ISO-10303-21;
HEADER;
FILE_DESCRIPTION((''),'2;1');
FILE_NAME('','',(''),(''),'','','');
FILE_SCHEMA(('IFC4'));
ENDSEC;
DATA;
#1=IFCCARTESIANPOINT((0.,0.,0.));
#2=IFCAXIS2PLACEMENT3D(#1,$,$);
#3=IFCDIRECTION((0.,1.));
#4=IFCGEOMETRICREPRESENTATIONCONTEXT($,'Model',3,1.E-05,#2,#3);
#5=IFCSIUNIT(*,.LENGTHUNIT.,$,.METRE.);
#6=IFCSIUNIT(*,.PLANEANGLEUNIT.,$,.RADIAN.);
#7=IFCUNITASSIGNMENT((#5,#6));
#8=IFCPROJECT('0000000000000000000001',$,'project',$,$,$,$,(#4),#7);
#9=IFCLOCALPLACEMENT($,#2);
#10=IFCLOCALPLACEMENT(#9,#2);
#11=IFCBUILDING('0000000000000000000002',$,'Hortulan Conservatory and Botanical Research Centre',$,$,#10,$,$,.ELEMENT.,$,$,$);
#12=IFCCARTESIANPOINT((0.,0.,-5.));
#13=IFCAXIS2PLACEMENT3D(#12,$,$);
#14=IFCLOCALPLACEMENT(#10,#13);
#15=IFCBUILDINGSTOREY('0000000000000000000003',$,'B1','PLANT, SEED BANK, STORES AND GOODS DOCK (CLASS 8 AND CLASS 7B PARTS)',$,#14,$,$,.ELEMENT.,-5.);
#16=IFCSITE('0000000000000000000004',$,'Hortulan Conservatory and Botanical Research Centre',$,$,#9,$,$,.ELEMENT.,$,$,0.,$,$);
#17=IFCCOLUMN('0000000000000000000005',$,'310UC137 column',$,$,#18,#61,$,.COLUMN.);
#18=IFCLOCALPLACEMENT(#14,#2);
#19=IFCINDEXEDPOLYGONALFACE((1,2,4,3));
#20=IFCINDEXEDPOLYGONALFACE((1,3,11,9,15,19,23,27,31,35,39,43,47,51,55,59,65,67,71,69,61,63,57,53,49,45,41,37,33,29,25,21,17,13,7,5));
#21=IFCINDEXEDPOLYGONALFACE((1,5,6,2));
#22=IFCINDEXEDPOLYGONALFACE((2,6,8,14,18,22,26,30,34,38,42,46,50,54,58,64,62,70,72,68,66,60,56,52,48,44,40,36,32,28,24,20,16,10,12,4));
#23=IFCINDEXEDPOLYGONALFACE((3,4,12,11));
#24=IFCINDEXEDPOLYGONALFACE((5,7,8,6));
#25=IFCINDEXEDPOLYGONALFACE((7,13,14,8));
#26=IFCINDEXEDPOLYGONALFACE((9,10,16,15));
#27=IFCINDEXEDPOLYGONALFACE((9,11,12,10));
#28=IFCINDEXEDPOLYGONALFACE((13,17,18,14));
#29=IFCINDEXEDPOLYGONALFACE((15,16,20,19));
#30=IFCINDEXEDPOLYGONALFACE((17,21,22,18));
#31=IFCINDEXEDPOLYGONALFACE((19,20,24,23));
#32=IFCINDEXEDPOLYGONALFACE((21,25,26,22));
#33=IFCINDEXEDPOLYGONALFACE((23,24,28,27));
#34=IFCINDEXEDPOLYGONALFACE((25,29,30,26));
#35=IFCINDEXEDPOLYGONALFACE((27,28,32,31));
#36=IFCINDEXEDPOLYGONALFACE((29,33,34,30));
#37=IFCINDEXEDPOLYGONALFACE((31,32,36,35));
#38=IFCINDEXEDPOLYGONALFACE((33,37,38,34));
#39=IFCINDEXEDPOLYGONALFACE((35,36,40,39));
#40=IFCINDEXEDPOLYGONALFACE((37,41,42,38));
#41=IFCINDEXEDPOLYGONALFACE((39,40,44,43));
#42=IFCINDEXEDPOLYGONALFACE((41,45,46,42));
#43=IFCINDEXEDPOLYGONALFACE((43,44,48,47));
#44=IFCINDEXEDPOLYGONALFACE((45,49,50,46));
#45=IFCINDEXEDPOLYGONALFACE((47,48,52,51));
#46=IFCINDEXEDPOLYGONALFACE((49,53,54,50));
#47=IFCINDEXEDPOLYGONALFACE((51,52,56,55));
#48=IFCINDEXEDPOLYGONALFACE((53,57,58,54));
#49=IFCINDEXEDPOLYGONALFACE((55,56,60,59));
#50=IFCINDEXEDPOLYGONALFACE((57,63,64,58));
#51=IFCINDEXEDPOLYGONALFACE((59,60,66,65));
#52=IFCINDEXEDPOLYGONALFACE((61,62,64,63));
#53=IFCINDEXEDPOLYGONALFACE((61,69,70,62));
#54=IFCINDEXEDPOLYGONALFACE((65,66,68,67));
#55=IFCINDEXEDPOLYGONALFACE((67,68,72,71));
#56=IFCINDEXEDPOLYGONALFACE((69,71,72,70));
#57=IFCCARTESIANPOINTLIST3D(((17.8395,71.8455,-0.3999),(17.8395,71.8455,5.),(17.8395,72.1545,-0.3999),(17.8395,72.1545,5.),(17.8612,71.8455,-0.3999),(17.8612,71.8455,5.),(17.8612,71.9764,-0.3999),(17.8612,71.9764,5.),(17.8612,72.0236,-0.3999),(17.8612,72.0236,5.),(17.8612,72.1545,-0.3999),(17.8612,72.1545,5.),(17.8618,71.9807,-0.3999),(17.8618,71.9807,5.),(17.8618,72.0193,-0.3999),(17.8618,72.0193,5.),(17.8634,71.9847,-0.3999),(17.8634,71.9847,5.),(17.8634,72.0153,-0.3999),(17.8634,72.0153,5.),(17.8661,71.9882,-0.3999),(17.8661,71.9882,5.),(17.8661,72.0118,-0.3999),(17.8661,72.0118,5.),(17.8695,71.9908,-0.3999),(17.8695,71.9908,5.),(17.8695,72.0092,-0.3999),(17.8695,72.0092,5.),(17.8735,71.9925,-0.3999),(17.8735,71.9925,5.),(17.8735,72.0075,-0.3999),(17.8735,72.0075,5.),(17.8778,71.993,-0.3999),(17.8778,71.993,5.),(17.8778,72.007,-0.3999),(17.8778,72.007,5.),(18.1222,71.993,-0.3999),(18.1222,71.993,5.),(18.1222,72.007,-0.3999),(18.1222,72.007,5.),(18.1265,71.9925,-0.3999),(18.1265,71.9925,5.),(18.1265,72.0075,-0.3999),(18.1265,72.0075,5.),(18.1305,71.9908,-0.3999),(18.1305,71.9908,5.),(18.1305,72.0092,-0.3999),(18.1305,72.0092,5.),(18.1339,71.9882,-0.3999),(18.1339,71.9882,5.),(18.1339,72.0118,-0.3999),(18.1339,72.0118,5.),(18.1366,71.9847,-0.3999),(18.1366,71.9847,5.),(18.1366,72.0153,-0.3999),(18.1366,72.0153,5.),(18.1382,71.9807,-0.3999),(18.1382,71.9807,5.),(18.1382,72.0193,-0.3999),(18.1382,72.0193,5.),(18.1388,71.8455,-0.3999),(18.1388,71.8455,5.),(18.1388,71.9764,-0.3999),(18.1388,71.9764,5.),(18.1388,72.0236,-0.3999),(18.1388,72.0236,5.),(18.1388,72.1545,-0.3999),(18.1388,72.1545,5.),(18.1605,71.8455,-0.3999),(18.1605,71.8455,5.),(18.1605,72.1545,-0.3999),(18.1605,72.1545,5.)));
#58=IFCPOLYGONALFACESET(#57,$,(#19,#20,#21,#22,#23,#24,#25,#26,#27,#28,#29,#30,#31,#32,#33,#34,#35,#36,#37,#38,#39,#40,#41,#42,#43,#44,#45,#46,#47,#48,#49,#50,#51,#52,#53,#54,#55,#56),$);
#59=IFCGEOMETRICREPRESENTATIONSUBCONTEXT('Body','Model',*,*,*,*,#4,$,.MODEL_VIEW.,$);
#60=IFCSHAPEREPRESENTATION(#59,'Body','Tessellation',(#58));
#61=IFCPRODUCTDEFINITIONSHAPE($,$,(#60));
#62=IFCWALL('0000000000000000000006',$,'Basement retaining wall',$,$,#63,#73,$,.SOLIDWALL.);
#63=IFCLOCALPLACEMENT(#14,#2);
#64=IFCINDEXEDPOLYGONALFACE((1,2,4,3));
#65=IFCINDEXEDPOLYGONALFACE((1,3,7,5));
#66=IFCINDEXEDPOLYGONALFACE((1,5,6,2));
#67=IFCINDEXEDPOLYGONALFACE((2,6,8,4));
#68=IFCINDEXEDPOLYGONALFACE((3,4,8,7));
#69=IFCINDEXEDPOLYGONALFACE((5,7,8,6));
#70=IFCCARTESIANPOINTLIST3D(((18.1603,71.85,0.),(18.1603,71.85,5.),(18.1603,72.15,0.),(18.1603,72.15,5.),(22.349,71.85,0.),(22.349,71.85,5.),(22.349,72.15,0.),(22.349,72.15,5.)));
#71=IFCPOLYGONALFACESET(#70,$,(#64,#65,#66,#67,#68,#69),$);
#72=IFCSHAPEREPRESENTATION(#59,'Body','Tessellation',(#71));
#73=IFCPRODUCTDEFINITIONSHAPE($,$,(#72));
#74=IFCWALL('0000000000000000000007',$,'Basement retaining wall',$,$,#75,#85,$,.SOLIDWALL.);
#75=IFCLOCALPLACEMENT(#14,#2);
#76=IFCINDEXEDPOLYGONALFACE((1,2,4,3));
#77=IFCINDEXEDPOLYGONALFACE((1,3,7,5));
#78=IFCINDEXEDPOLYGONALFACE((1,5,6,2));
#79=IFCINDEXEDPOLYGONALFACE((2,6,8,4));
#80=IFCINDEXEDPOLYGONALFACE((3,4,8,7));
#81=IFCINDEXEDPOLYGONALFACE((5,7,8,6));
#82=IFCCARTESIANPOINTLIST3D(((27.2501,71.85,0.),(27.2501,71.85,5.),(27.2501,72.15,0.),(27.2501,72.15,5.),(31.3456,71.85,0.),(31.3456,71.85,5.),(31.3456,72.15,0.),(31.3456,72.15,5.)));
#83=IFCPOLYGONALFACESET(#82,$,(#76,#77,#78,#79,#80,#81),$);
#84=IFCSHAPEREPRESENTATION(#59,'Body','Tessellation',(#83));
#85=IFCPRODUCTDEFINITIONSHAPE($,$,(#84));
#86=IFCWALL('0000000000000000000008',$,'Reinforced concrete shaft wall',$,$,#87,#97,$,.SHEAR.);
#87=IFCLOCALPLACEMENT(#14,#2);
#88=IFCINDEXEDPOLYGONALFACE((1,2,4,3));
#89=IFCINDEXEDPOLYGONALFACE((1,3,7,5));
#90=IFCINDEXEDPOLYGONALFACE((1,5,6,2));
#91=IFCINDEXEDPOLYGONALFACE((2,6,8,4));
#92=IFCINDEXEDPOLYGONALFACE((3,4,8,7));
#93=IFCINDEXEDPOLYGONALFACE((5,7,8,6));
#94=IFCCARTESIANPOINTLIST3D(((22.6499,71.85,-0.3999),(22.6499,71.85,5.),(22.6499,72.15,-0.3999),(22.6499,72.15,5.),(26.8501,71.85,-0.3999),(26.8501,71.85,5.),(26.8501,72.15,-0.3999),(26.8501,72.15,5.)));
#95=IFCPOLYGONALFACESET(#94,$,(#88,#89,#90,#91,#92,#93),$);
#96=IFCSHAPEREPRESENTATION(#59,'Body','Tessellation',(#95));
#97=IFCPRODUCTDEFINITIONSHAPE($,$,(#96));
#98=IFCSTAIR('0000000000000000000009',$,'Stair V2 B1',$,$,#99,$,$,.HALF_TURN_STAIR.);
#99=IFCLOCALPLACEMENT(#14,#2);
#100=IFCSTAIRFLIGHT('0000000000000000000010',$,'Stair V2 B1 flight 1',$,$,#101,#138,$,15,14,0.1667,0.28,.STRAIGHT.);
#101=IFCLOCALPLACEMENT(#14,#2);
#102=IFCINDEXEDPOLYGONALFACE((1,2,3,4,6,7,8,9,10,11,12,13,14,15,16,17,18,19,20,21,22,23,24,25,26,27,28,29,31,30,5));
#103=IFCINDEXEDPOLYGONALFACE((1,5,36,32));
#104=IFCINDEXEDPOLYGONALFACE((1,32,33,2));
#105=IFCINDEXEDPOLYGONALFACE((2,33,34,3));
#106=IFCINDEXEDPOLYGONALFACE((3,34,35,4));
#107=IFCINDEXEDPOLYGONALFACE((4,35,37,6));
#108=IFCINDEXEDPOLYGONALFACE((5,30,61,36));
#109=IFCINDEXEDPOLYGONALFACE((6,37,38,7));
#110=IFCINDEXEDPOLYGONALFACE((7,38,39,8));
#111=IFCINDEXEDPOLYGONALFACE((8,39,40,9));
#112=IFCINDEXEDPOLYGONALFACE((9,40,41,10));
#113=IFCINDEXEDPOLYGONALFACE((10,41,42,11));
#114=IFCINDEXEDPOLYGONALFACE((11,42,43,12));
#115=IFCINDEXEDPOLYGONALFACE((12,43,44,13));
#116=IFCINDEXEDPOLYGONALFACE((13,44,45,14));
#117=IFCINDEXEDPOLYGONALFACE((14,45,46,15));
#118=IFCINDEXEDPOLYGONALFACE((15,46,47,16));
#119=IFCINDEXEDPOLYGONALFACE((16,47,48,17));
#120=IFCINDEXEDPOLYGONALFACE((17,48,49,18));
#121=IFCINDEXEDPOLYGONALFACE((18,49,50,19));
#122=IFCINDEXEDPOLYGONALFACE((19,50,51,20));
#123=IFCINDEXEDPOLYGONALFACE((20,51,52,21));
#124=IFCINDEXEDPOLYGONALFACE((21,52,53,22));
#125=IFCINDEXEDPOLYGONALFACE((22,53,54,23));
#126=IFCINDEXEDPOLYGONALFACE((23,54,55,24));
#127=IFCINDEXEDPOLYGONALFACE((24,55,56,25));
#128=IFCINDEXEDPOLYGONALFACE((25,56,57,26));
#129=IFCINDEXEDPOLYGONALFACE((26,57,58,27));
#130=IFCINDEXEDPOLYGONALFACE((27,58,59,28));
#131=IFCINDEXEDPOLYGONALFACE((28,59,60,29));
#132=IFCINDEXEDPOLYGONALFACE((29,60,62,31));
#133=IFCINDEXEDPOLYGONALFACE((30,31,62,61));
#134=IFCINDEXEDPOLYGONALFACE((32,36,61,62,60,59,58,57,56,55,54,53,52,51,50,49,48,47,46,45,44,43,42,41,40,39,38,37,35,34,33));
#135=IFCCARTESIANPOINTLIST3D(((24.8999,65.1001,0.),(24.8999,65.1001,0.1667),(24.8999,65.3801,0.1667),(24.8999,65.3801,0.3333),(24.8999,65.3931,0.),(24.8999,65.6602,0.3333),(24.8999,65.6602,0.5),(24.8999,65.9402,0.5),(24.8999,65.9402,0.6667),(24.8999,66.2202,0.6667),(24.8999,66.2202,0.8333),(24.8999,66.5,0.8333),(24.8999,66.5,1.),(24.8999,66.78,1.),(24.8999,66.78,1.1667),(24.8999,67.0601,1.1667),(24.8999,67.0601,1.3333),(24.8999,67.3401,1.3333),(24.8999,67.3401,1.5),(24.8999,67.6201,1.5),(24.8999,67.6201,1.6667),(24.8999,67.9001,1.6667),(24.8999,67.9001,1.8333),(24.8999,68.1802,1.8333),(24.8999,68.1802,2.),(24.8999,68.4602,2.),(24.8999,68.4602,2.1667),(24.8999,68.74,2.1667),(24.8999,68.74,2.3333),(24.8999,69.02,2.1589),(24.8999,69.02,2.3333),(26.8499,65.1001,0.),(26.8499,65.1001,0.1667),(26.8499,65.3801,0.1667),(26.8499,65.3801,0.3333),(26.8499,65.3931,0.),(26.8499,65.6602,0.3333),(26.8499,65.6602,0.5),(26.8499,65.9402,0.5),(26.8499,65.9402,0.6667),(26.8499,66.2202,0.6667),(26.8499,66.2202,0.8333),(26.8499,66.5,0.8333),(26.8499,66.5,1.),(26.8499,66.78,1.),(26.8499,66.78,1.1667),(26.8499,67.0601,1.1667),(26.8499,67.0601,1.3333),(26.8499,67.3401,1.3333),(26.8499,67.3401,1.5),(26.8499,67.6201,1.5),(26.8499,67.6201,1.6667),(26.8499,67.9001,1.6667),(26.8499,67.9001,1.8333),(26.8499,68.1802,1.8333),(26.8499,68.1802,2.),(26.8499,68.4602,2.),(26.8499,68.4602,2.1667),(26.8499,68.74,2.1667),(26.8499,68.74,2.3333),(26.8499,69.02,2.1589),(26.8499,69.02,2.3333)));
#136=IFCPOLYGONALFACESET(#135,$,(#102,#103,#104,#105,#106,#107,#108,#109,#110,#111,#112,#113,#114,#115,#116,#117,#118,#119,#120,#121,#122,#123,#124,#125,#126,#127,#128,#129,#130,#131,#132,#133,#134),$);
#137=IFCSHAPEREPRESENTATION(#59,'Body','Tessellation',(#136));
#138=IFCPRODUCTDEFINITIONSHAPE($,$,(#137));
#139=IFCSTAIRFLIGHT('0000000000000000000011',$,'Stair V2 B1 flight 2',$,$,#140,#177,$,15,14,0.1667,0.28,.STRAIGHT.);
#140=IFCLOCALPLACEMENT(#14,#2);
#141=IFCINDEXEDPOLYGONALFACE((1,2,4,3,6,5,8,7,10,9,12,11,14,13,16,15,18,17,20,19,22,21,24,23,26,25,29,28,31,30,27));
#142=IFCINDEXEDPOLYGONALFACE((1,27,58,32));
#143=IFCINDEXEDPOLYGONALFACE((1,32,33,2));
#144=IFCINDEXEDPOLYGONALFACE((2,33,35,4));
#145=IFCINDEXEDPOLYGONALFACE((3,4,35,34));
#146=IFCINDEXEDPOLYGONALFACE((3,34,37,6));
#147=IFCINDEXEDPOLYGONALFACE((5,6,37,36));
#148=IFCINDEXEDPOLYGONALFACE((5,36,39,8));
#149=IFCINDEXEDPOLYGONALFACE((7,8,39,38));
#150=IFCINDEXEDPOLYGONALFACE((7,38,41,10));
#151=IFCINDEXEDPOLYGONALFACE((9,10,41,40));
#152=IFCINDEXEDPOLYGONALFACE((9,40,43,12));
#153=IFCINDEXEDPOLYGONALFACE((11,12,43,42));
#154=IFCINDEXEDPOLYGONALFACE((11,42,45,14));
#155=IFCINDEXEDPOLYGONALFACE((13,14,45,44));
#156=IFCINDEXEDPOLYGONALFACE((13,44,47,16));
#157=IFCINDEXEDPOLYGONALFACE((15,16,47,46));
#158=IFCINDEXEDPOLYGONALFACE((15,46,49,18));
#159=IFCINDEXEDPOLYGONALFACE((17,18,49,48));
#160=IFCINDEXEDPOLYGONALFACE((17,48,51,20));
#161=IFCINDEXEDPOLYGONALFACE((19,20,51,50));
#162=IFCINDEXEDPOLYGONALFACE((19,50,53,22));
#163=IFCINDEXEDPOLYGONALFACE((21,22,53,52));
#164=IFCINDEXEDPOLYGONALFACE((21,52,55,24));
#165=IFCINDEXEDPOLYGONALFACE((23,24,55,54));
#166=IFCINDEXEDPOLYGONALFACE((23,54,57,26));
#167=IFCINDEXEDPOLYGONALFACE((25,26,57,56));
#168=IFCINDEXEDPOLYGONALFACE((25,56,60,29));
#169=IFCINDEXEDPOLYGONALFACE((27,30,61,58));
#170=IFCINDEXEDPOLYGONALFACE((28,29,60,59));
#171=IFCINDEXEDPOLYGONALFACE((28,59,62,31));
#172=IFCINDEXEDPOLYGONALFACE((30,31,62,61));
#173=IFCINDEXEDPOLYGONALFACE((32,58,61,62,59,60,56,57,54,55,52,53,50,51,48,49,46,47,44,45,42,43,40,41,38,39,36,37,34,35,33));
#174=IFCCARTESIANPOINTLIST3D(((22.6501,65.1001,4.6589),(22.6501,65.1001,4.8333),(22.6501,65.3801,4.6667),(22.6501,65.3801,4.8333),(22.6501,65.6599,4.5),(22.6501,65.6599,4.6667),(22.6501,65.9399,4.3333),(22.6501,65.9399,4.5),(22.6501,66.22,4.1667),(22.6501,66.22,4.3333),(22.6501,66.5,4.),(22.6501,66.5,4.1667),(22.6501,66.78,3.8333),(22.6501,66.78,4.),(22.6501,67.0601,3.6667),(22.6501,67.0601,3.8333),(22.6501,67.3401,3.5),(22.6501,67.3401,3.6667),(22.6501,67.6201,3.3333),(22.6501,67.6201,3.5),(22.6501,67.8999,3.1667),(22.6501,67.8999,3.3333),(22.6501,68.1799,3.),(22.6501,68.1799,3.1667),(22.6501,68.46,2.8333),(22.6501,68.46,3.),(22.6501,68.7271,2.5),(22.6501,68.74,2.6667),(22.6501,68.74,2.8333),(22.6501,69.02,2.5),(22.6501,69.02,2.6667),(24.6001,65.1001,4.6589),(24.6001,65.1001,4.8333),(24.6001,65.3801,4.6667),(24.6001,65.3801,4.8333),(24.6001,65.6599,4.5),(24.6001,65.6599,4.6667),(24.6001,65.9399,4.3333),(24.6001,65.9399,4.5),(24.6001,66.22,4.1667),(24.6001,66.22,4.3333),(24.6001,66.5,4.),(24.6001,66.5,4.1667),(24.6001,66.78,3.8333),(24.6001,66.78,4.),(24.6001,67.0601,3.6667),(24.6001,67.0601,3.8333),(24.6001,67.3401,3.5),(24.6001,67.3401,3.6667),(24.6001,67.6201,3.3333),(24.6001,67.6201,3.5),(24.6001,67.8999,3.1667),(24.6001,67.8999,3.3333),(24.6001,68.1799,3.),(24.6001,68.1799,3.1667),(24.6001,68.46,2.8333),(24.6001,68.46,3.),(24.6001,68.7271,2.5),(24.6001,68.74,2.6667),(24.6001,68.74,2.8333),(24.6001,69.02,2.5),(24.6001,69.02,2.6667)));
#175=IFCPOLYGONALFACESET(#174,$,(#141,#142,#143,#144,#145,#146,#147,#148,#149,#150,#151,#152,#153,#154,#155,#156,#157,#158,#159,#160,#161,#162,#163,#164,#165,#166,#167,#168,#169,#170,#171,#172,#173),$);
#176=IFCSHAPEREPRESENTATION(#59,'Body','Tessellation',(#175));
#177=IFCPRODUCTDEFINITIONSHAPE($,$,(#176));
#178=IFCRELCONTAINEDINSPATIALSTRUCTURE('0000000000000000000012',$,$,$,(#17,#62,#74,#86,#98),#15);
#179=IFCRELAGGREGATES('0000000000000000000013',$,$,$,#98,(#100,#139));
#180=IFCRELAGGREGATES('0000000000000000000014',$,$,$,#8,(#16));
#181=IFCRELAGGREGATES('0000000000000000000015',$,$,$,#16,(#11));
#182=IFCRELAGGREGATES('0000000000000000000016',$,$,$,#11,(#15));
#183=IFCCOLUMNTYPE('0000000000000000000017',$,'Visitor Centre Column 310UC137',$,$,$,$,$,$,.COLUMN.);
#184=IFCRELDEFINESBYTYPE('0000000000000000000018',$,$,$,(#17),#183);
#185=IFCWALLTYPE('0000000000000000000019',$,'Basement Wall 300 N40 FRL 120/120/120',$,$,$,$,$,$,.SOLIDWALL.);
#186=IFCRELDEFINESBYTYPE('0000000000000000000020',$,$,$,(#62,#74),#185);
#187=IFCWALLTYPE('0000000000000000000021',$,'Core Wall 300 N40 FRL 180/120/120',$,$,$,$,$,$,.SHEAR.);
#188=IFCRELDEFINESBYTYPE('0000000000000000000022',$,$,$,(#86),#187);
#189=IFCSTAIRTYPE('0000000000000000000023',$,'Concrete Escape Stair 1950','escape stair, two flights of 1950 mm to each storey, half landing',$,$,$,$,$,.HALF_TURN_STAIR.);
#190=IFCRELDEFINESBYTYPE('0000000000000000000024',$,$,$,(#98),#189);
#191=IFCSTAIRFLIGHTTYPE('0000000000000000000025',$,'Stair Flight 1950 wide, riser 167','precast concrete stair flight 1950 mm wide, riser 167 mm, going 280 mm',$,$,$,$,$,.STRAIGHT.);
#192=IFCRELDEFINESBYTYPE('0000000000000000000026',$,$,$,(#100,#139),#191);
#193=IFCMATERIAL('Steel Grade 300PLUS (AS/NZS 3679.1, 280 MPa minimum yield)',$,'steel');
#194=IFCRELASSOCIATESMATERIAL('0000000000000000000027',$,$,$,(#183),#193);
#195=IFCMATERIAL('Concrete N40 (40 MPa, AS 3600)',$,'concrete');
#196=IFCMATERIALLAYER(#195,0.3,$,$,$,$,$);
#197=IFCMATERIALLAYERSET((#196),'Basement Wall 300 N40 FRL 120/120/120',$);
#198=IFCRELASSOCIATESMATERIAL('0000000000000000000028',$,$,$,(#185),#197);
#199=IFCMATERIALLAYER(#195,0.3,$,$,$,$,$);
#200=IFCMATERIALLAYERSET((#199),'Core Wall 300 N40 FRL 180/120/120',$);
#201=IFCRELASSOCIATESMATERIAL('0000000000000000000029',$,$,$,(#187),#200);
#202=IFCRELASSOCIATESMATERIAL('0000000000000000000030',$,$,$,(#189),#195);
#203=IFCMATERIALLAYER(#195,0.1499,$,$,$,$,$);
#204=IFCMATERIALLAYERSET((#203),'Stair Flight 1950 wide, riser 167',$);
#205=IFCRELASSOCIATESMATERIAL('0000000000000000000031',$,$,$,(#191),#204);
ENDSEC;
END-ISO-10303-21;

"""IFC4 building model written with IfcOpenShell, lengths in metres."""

from ifc_helpers import new_model, si_unit, direction, frame, frame_2d, origin, origin_2d, place, context, subcontext, project, spatial, polyline, rectangle, i_section, outline, extrude, material, layer, layer_set, material_profile, profile_set, type_object, element, aggregate, save


model = new_model("IFC4")

# Units and contexts
model_context = context("Model", 3, precision=1e-05, world=origin(), true_north=direction((0.0, 1.0)))
body_context = subcontext(model_context, "Body", "Model", "MODEL_VIEW")
ifc_project = project(units=[si_unit("LENGTHUNIT", "METRE"), si_unit("PLANEANGLEUNIT", "RADIAN")], contexts=[model_context])

# Site, building, storey
site_placement = place(None, origin())
site = spatial("IfcSite", under=ifc_project, at=site_placement, Name="Hortulan Conservatory and Botanical Research Centre", CompositionType="ELEMENT", RefElevation=0.0)
building_placement = place(site_placement, origin())
building = spatial("IfcBuilding", under=site, at=building_placement, Name="Hortulan Conservatory and Botanical Research Centre", CompositionType="ELEMENT")
storey_placement = place(building_placement, frame((0.0, 0.0, -5.0)))
storey = spatial("IfcBuildingStorey", under=building, at=storey_placement, Name="B1", Description="PLANT, SEED BANK, STORES AND GOODS DOCK (CLASS 8 AND CLASS 7B PARTS)", CompositionType="ELEMENT", Elevation=-5.0)

# Shared definitions
ifc_material_1 = material(Name="Concrete N40 (40 MPa, AS 3600)", Category="concrete")

# Column
ifc_material_2 = material(Name="Steel Grade 300PLUS (AS/NZS 3679.1, 280 MPa minimum yield)", Category="steel")
ifc_material_profile_1 = material_profile(ifc_material_2, i_section(OverallWidth=0.3091, OverallDepth=0.321, WebThickness=0.0139, FlangeThickness=0.0217, FilletRadius=0.0166, at=origin_2d()), Name="310UC137")
ifc_profile_set_1 = profile_set([ifc_material_profile_1], Name="Steel Grade 300PLUS (AS/NZS 3679.1, 280 MPa minimum yield)")
column_type = type_object("IfcColumnType", Name="Visitor Centre Column 310UC137", PredefinedType="COLUMN", material=ifc_profile_set_1)
column_placement = place(storey_placement, frame((18.0, 72.0, -0.3999), z_axis=(0.0, 0.0, 1.0), x_axis=(0.0, 1.0, 0.0)))
element("IfcColumn", 1, at=column_placement, inside=storey, type_object=column_type, Name="310UC137 column", PredefinedType="COLUMN", context=body_context, shape_type="SweptSolid", body=[
    extrude(i_section(OverallWidth=0.3091, OverallDepth=0.321, WebThickness=0.0139, FlangeThickness=0.0217, FilletRadius=0.0166, at=origin_2d()), origin(), (0.0, 0.0, 1.0), 5.3999),
])

# Walls
ifc_layer_1 = layer(ifc_material_1, 0.3)
ifc_layer_set_1 = layer_set([ifc_layer_1], Name="Basement Wall 300 N40 FRL 120/120/120")
wall_type_1 = type_object("IfcWallType", Name="Basement Wall 300 N40 FRL 120/120/120", PredefinedType="SOLIDWALL", material=ifc_layer_set_1)
wall_1_placement = place(storey_placement, frame((18.1604, 72.0, 0.0), z_axis=(0.0, 0.0, 1.0), x_axis=(1.0, 0.0, 0.0)))
element("IfcWall", 2, at=wall_1_placement, inside=storey, type_object=wall_type_1, Name="Basement retaining wall", PredefinedType="SOLIDWALL", context=body_context, shape_type="SweptSolid", body=[
    extrude(rectangle(XDim=4.1887, YDim=0.3, at=frame_2d((2.0942, 0.0))), origin(), (0.0, 0.0, 1.0), 5.0),
])
wall_2_placement = place(storey_placement, frame((27.25, 72.0, 0.0), z_axis=(0.0, 0.0, 1.0), x_axis=(1.0, 0.0, 0.0)))
element("IfcWall", 3, at=wall_2_placement, inside=storey, type_object=wall_type_1, Name="Basement retaining wall", PredefinedType="SOLIDWALL", context=body_context, shape_type="SweptSolid", body=[
    extrude(rectangle(XDim=4.0955, YDim=0.3, at=frame_2d((2.0479, 0.0))), origin(), (0.0, 0.0, 1.0), 5.0),
])
ifc_layer_2 = layer(ifc_material_1, 0.3)
ifc_layer_set_2 = layer_set([ifc_layer_2], Name="Core Wall 300 N40 FRL 180/120/120")
wall_type_2 = type_object("IfcWallType", Name="Core Wall 300 N40 FRL 180/120/120", PredefinedType="SHEAR", material=ifc_layer_set_2)
wall_3_placement = place(storey_placement, frame((22.6499, 72.0, -0.3999), z_axis=(0.0, 0.0, 1.0), x_axis=(1.0, 0.0, 0.0)))
element("IfcWall", 4, at=wall_3_placement, inside=storey, type_object=wall_type_2, Name="Reinforced concrete shaft wall", PredefinedType="SHEAR", context=body_context, shape_type="SweptSolid", body=[
    extrude(rectangle(XDim=4.2002, YDim=0.3, at=frame_2d((2.1001, 0.0))), origin(), (0.0, 0.0, 1.0), 5.3999),
])

# Stair, stair flights
stair_type = type_object("IfcStairType", Name="Concrete Escape Stair 1950", Description="escape stair, two flights of 1950 mm to each storey, half landing", PredefinedType="HALF_TURN_STAIR", material=ifc_material_1)
stair_placement = place(storey_placement, origin())
stair = element("IfcStair", 5, at=stair_placement, inside=storey, type_object=stair_type, Name="Stair V2 B1", PredefinedType="HALF_TURN_STAIR")
ifc_layer_3 = layer(ifc_material_1, 0.1499)
ifc_layer_set_3 = layer_set([ifc_layer_3], Name="Stair Flight 1950 wide, riser 167")
stair_flight_type = type_object("IfcStairFlightType", Name="Stair Flight 1950 wide, riser 167", Description="precast concrete stair flight 1950 mm wide, riser 167 mm, going 280 mm", PredefinedType="STRAIGHT", material=ifc_layer_set_3)
stair_flight_1_placement = place(storey_placement, frame((25.875, 65.1001, 0.0), z_axis=(0.0, 0.0, 1.0), x_axis=(0.0, 1.0, 0.0)))
stair_flight_1 = element("IfcStairFlight", 6, at=stair_flight_1_placement, type_object=stair_flight_type, Name="Stair V2 B1 flight 1", NumberOfRisers=15, NumberOfTreads=14, PredefinedType="STRAIGHT", RiserHeight=0.1667, TreadLength=0.28, context=body_context, shape_type="SweptSolid", body=[
    extrude(outline(polyline([(0.0, 0.0), (0.0, 0.1667), (0.28, 0.1667), (0.28, 0.3333), (0.5601, 0.3333), (0.5601, 0.5), (0.8401, 0.5), (0.8401, 0.6667), (1.1201, 0.6667), (1.1201, 0.8333), (1.3999, 0.8333), (1.3999, 1.0), (1.6799, 1.0), (1.6799, 1.1667), (1.96, 1.1667), (1.96, 1.3333), (2.24, 1.3333), (2.24, 1.5), (2.52, 1.5), (2.52, 1.6667), (2.8, 1.6667), (2.8, 1.8333), (3.0801, 1.8333), (3.0801, 2.0), (3.3601, 2.0), (3.3601, 2.1667), (3.6399, 2.1667), (3.6399, 2.3333), (3.9199, 2.3333), (3.9199, 2.5), (3.9199, 2.1589), (0.293, 0.0), (0.0, 0.0)])), frame((0.0, 0.9751, 0.0), z_axis=(0.0, -1.0, 0.0), x_axis=(1.0, 0.0, 0.0)), (0.0, 0.0, 1.0), 1.95),
])
stair_flight_2_placement = place(storey_placement, frame((23.625, 69.02, 2.5), z_axis=(0.0, 0.0, 1.0), x_axis=(0.0, -1.0, 0.0)))
stair_flight_2 = element("IfcStairFlight", 7, at=stair_flight_2_placement, type_object=stair_flight_type, Name="Stair V2 B1 flight 2", NumberOfRisers=15, NumberOfTreads=14, PredefinedType="STRAIGHT", RiserHeight=0.1667, TreadLength=0.28, context=body_context, shape_type="SweptSolid", body=[
    extrude(outline(polyline([(0.0, 0.0), (0.0, 0.1667), (0.28, 0.1667), (0.28, 0.3333), (0.5601, 0.3333), (0.5601, 0.5), (0.8401, 0.5), (0.8401, 0.6667), (1.1201, 0.6667), (1.1201, 0.8333), (1.3999, 0.8333), (1.3999, 1.0), (1.6799, 1.0), (1.6799, 1.1667), (1.96, 1.1667), (1.96, 1.3333), (2.24, 1.3333), (2.24, 1.5), (2.52, 1.5), (2.52, 1.6667), (2.8, 1.6667), (2.8, 1.8333), (3.0801, 1.8333), (3.0801, 2.0), (3.3601, 2.0), (3.3601, 2.1667), (3.6399, 2.1667), (3.6399, 2.3333), (3.9199, 2.3333), (3.9199, 2.5), (3.9199, 2.1589), (0.293, 0.0), (0.0, 0.0)])), frame((0.0, 0.9751, 0.0), z_axis=(0.0, -1.0, 0.0), x_axis=(1.0, 0.0, 0.0)), (0.0, 0.0, 1.0), 1.95),
])
aggregate(stair, [stair_flight_1, stair_flight_2])

save(model, "model.ifc")
